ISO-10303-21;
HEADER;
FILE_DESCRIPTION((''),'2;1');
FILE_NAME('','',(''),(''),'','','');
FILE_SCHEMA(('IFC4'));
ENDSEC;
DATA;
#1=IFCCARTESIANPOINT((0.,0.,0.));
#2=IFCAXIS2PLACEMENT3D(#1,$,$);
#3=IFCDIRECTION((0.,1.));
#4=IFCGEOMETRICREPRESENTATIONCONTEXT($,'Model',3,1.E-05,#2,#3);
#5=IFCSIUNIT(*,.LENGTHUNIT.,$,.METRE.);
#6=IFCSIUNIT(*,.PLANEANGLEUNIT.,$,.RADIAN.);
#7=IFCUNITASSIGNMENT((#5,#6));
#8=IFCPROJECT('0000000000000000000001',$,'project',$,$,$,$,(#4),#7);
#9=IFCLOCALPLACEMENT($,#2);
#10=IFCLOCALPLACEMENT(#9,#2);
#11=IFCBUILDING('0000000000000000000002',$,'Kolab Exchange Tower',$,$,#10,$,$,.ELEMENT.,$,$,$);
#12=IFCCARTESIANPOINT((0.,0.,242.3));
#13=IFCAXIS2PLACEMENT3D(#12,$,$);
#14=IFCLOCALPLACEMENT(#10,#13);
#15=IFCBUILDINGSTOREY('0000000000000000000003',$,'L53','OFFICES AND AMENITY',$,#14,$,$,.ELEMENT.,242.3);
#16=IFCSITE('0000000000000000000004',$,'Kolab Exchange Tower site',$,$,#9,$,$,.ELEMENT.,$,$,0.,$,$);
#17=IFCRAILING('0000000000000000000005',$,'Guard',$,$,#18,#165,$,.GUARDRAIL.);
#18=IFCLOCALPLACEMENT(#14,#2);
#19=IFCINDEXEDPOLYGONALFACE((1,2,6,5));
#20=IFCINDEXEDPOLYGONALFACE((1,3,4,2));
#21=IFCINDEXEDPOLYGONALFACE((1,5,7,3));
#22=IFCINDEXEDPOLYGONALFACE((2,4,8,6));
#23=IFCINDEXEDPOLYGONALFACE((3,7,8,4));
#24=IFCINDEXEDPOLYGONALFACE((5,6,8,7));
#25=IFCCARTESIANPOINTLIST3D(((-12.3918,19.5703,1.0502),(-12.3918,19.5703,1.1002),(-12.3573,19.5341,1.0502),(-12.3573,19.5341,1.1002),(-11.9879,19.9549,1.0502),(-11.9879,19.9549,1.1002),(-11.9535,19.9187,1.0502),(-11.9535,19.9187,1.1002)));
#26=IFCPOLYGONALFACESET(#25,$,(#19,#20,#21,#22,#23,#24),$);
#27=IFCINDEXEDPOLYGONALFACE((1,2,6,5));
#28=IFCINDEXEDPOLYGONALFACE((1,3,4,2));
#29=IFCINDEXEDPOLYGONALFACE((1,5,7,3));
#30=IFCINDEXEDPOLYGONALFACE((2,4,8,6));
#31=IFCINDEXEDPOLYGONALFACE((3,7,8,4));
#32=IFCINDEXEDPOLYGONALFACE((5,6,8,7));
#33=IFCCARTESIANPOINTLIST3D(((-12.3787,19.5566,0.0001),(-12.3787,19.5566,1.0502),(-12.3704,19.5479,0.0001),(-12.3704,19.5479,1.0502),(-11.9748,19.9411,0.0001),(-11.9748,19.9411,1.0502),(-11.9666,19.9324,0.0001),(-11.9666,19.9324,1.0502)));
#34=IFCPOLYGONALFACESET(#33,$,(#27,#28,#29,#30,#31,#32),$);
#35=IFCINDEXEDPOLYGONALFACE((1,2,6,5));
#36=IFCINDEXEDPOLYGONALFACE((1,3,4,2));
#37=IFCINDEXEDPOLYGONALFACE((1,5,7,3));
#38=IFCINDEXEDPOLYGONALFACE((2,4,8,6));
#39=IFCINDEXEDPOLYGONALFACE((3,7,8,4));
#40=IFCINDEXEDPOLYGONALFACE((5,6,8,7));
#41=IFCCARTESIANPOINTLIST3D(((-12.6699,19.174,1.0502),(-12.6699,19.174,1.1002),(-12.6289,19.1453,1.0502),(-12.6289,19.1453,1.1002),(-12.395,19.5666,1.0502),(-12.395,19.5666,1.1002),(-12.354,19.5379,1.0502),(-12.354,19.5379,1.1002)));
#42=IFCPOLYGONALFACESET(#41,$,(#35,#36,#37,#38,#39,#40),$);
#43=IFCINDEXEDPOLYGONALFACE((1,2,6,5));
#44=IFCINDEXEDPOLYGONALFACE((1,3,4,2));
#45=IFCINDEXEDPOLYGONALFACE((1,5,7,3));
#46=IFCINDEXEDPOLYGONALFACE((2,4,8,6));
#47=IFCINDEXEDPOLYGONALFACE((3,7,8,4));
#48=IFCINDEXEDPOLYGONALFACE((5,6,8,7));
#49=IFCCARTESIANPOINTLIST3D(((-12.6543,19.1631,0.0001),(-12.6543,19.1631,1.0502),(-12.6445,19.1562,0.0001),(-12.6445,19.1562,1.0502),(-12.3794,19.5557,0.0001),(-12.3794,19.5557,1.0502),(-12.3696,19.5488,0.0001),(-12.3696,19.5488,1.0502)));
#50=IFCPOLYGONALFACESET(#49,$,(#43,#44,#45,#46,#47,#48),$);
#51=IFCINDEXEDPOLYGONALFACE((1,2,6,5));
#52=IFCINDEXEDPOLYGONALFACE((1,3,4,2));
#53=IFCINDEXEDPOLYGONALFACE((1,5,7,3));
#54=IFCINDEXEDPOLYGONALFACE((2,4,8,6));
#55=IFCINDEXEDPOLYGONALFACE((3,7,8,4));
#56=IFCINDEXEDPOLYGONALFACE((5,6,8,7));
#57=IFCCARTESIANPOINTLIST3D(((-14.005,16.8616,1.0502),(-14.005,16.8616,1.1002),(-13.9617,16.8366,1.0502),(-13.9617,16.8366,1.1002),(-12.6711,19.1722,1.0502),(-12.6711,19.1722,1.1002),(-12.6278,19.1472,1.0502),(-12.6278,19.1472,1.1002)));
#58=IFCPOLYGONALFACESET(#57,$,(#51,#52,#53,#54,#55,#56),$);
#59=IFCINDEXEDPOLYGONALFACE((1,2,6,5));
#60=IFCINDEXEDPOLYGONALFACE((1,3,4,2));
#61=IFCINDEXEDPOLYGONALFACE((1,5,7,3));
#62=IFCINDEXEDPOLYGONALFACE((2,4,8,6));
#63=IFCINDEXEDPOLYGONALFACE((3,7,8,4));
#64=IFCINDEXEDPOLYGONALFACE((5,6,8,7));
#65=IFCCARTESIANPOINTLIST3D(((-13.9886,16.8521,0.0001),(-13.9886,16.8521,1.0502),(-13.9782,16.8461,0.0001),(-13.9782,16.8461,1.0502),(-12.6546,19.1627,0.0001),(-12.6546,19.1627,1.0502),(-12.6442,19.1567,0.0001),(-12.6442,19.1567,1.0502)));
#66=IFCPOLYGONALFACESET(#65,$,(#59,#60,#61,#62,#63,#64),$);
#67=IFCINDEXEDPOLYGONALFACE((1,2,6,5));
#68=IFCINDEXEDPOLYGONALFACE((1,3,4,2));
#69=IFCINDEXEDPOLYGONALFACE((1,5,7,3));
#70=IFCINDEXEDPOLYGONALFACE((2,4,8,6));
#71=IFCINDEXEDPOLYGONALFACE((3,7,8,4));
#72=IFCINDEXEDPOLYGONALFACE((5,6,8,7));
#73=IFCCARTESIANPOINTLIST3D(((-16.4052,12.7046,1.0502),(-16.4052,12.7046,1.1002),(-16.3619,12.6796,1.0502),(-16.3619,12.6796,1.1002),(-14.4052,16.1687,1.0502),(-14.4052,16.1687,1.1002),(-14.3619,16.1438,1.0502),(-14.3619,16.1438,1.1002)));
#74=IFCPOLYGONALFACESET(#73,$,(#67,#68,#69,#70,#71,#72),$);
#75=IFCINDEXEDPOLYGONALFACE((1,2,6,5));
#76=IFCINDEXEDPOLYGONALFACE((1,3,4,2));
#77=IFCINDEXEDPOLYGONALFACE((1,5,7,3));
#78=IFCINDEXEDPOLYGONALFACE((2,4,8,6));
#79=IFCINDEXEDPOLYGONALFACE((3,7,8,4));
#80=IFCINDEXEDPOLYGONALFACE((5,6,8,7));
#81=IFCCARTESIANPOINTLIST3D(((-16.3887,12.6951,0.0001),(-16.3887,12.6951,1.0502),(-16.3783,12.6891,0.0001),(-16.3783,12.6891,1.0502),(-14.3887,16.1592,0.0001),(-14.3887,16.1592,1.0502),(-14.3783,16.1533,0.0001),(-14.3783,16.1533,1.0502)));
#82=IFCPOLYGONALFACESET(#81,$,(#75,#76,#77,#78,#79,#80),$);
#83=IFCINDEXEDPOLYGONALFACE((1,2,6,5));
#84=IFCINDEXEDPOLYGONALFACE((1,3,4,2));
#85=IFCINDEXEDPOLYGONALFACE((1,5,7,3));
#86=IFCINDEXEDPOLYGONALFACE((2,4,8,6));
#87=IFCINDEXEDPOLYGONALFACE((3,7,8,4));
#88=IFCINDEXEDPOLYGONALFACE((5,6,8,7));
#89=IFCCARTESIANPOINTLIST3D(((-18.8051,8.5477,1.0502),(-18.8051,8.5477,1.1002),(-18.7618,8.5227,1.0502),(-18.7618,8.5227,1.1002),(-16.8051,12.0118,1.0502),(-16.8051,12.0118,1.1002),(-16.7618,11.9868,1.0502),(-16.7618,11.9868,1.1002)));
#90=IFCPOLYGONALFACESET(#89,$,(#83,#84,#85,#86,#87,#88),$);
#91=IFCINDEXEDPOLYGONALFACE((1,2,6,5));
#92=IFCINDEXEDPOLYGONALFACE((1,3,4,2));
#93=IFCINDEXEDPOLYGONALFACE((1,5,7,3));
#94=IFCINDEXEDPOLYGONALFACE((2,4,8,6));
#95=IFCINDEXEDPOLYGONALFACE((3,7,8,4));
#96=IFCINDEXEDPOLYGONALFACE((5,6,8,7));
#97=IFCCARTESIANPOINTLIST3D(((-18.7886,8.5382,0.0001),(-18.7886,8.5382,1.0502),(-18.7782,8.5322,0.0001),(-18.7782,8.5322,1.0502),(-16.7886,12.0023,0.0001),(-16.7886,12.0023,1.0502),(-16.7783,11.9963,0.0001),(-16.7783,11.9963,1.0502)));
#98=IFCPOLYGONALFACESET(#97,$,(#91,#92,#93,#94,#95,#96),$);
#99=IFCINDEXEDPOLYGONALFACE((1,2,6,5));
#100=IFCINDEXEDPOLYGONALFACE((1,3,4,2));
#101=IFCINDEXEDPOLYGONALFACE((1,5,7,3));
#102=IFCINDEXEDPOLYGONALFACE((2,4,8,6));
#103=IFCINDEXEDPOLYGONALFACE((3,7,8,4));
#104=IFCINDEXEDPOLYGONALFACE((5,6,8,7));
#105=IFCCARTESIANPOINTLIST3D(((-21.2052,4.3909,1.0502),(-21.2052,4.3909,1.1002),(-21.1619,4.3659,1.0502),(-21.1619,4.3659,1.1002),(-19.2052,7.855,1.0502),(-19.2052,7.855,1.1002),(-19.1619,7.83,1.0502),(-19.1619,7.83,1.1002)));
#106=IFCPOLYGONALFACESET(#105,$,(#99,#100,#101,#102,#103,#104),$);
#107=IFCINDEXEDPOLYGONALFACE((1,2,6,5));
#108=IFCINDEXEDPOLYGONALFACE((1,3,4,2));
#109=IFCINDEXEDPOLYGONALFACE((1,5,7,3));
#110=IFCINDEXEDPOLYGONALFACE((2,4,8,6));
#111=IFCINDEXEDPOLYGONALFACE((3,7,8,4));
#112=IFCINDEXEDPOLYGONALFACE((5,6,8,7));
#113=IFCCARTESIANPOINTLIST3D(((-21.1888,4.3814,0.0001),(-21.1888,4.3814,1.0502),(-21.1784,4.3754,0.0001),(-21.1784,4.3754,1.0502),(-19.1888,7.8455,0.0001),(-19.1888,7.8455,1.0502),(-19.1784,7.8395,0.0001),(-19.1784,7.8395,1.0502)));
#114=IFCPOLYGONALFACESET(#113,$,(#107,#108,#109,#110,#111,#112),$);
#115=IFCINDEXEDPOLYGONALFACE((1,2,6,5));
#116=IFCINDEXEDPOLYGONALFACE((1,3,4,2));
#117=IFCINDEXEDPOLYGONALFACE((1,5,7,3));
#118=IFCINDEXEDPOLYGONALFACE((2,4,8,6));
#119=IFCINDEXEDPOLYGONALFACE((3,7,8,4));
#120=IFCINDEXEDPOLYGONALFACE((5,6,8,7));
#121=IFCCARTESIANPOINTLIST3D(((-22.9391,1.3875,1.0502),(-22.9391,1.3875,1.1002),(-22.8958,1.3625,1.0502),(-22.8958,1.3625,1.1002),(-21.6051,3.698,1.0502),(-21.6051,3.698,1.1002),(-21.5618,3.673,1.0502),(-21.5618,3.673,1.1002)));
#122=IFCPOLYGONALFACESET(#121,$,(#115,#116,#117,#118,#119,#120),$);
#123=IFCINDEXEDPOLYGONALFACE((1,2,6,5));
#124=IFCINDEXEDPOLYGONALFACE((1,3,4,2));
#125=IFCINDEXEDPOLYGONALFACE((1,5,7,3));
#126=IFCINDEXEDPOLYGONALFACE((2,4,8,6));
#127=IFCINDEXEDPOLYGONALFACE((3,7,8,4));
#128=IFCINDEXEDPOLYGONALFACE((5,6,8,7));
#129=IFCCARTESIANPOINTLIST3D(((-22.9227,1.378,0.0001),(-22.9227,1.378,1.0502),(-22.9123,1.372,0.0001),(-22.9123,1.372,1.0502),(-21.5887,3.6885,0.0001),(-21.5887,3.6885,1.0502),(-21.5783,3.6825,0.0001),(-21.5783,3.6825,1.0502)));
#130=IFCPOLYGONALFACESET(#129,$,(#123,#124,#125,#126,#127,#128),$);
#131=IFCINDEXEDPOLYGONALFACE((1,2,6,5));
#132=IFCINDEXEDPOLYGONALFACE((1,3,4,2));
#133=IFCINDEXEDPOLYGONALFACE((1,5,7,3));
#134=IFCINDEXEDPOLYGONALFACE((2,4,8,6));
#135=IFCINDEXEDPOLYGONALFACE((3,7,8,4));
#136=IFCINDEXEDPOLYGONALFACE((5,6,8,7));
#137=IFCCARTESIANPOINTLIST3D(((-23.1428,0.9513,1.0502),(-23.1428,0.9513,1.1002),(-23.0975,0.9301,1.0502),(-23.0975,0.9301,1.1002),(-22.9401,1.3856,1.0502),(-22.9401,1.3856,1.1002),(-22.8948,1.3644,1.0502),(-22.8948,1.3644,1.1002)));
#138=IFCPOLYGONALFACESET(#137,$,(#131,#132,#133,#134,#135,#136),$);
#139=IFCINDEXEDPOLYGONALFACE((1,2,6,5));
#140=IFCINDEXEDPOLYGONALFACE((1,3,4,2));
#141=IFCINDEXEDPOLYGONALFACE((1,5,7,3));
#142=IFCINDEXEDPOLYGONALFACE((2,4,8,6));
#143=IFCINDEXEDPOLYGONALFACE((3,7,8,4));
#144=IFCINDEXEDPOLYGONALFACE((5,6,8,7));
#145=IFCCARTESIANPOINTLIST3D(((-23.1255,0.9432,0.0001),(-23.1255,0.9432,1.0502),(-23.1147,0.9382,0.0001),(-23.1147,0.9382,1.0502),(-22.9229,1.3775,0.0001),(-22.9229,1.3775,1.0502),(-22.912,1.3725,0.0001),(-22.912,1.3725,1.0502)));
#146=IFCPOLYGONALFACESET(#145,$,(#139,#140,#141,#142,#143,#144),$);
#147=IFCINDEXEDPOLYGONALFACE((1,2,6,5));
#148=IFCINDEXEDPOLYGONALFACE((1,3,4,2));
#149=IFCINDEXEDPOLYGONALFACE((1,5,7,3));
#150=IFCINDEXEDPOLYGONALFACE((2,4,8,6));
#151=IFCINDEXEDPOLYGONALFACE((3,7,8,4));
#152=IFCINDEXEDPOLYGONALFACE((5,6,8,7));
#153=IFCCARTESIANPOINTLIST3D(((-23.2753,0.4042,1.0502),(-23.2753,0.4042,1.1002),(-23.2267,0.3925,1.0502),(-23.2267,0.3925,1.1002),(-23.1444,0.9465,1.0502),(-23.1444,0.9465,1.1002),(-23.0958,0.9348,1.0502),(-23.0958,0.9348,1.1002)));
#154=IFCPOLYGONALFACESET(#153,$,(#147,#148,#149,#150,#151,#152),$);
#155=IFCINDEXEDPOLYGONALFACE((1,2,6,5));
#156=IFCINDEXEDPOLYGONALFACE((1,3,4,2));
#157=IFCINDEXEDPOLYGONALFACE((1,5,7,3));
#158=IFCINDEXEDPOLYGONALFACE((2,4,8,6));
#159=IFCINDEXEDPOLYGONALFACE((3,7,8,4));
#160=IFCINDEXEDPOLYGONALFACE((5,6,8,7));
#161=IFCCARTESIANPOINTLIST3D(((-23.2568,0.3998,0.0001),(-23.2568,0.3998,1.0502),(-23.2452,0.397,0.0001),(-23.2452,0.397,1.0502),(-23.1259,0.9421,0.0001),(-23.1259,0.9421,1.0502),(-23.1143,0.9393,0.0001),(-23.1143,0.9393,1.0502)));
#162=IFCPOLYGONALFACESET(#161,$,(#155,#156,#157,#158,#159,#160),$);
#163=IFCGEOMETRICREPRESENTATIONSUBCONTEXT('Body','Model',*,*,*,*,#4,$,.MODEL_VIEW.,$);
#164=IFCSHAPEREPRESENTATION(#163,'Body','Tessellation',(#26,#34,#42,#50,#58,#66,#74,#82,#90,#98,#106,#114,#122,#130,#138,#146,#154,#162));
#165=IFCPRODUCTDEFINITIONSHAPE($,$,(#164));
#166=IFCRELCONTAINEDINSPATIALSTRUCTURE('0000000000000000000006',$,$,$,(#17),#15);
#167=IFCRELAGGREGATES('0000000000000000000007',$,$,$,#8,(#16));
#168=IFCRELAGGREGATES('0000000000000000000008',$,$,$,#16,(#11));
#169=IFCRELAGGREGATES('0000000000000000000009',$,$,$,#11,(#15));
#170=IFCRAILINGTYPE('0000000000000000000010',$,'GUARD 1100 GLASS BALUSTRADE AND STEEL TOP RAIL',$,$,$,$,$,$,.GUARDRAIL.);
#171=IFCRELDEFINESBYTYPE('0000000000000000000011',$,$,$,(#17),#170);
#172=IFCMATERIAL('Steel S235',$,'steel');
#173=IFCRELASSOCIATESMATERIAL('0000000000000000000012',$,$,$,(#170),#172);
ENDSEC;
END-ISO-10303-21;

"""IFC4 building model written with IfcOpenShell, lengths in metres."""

from ifc_helpers import new_model, si_unit, direction, frame, frame_2d, origin, origin_2d, place, context, subcontext, project, spatial, rectangle, extrude, material, type_object, element, save


model = new_model("IFC4")

# Units and contexts
model_context = context("Model", 3, precision=1e-05, world=origin(), true_north=direction((0.0, 1.0)))
body_context = subcontext(model_context, "Body", "Model", "MODEL_VIEW")
ifc_project = project(units=[si_unit("LENGTHUNIT", "METRE"), si_unit("PLANEANGLEUNIT", "RADIAN")], contexts=[model_context])

# Site, building, storey
site_placement = place(None, origin())
site = spatial("IfcSite", under=ifc_project, at=site_placement, Name="Kolab Exchange Tower site", CompositionType="ELEMENT", RefElevation=0.0)
building_placement = place(site_placement, origin())
building = spatial("IfcBuilding", under=site, at=building_placement, Name="Kolab Exchange Tower", CompositionType="ELEMENT")
storey_placement = place(building_placement, frame((0.0, 0.0, 242.3)))
storey = spatial("IfcBuildingStorey", under=building, at=storey_placement, Name="L53", Description="OFFICES AND AMENITY", CompositionType="ELEMENT", Elevation=242.3)

# Shared definitions
ifc_material_1 = material(Name="Steel S235", Category="steel")

# Railing
railing_type = type_object("IfcRailingType", Name="GUARD 1100 GLASS BALUSTRADE AND STEEL TOP RAIL", PredefinedType="GUARDRAIL", material=ifc_material_1)
railing_placement = place(storey_placement, frame((-11.9707, 19.9368, 0.0)))
element("IfcRailing", 1, at=railing_placement, inside=storey, type_object=railing_type, Name="Guard", PredefinedType="GUARDRAIL", context=body_context, shape_type="SweptSolid", body=[
    extrude(rectangle(XDim=0.05, YDim=0.05, at=origin_2d()), frame((0.0, 0.0, 1.0752), z_axis=(-0.72419, -0.689601, 0.0), x_axis=(0.689601, -0.72419, 0.0)), (0.0, 0.0, 1.0), 0.5576),
    extrude(rectangle(XDim=0.012, YDim=1.0501, at=frame_2d((0.0, 0.5251))), frame((0.0, 0.0, 0.0), z_axis=(-0.72419, -0.689601, 0.0), x_axis=(0.689601, -0.72419, 0.0)), (0.0, 0.0, 1.0), 0.5576),
    extrude(rectangle(XDim=0.05, YDim=0.05, at=origin_2d()), frame((-0.4038, -0.3845, 1.0752), z_axis=(-0.573599, -0.819136, 0.0), x_axis=(0.819136, -0.573599, 0.0)), (0.0, 0.0, 1.0), 0.4792),
    extrude(rectangle(XDim=0.012, YDim=1.0501, at=frame_2d((0.0, 0.5251))), frame((-0.4038, -0.3845, 0.0), z_axis=(-0.573599, -0.819136, 0.0), x_axis=(0.819136, -0.573599, 0.0)), (0.0, 0.0, 1.0), 0.4792),
    extrude(rectangle(XDim=0.05, YDim=0.05, at=origin_2d()), frame((-0.6787, -0.7771, 1.0752), z_axis=(-0.499997, -0.866027, 0.0), x_axis=(0.866027, -0.499997, 0.0)), (0.0, 0.0, 1.0), 2.668),
    extrude(rectangle(XDim=0.012, YDim=1.0501, at=frame_2d((0.0, 0.5251))), frame((-0.6787, -0.7771, 0.0), z_axis=(-0.499997, -0.866027, 0.0), x_axis=(0.866027, -0.499997, 0.0)), (0.0, 0.0, 1.0), 2.668),
    extrude(rectangle(XDim=0.05, YDim=0.05, at=origin_2d()), frame((-2.4128, -3.7805, 1.0752), z_axis=(-0.499999, -0.866026, 0.0), x_axis=(0.866026, -0.499999, 0.0)), (0.0, 0.0, 1.0), 4.0),
    extrude(rectangle(XDim=0.012, YDim=1.0501, at=frame_2d((0.0, 0.5251))), frame((-2.4128, -3.7805, 0.0), z_axis=(-0.499999, -0.866026, 0.0), x_axis=(0.866026, -0.499999, 0.0)), (0.0, 0.0, 1.0), 4.0),
    extrude(rectangle(XDim=0.05, YDim=0.05, at=origin_2d()), frame((-4.8127, -7.9375, 1.0752), z_axis=(-0.499999, -0.866026, 0.0), x_axis=(0.866026, -0.499999, 0.0)), (0.0, 0.0, 1.0), 4.0),
    extrude(rectangle(XDim=0.012, YDim=1.0501, at=frame_2d((0.0, 0.5251))), frame((-4.8127, -7.9375, 0.0), z_axis=(-0.499999, -0.866026, 0.0), x_axis=(0.866026, -0.499999, 0.0)), (0.0, 0.0, 1.0), 4.0),
    extrude(rectangle(XDim=0.05, YDim=0.05, at=origin_2d()), frame((-7.2129, -12.0942, 1.0752), z_axis=(-0.499999, -0.866026, 0.0), x_axis=(0.866026, -0.499999, 0.0)), (0.0, 0.0, 1.0), 4.0),
    extrude(rectangle(XDim=0.012, YDim=1.0501, at=frame_2d((0.0, 0.5251))), frame((-7.2129, -12.0942, 0.0), z_axis=(-0.499999, -0.866026, 0.0), x_axis=(0.866026, -0.499999, 0.0)), (0.0, 0.0, 1.0), 4.0),
    extrude(rectangle(XDim=0.05, YDim=0.05, at=origin_2d()), frame((-9.6128, -16.2512, 1.0752), z_axis=(-0.499997, -0.866027, 0.0), x_axis=(0.866027, -0.499997, 0.0)), (0.0, 0.0, 1.0), 2.668),
    extrude(rectangle(XDim=0.012, YDim=1.0501, at=frame_2d((0.0, 0.5251))), frame((-9.6128, -16.2512, 0.0), z_axis=(-0.499997, -0.866027, 0.0), x_axis=(0.866027, -0.499997, 0.0)), (0.0, 0.0, 1.0), 2.668),
    extrude(rectangle(XDim=0.05, YDim=0.05, at=origin_2d()), frame((-10.9468, -18.5618, 1.0752), z_axis=(-0.422802, -0.906222, 0.0), x_axis=(0.906222, -0.422802, 0.0)), (0.0, 0.0, 1.0), 0.4792),
    extrude(rectangle(XDim=0.012, YDim=1.0501, at=frame_2d((0.0, 0.5251))), frame((-10.9468, -18.5618, 0.0), z_axis=(-0.422802, -0.906222, 0.0), x_axis=(0.906222, -0.422802, 0.0)), (0.0, 0.0, 1.0), 0.4792),
    extrude(rectangle(XDim=0.05, YDim=0.05, at=origin_2d()), frame((-11.1494, -18.9961, 1.0752), z_axis=(-0.234598, -0.972093, 0.0), x_axis=(0.972093, -0.234598, 0.0)), (0.0, 0.0, 1.0), 0.5579),
    extrude(rectangle(XDim=0.012, YDim=1.0501, at=frame_2d((0.0, 0.5251))), frame((-11.1494, -18.9961, 0.0), z_axis=(-0.234598, -0.972093, 0.0), x_axis=(0.972093, -0.234598, 0.0)), (0.0, 0.0, 1.0), 0.5579),
])

save(model, "model.ifc")
